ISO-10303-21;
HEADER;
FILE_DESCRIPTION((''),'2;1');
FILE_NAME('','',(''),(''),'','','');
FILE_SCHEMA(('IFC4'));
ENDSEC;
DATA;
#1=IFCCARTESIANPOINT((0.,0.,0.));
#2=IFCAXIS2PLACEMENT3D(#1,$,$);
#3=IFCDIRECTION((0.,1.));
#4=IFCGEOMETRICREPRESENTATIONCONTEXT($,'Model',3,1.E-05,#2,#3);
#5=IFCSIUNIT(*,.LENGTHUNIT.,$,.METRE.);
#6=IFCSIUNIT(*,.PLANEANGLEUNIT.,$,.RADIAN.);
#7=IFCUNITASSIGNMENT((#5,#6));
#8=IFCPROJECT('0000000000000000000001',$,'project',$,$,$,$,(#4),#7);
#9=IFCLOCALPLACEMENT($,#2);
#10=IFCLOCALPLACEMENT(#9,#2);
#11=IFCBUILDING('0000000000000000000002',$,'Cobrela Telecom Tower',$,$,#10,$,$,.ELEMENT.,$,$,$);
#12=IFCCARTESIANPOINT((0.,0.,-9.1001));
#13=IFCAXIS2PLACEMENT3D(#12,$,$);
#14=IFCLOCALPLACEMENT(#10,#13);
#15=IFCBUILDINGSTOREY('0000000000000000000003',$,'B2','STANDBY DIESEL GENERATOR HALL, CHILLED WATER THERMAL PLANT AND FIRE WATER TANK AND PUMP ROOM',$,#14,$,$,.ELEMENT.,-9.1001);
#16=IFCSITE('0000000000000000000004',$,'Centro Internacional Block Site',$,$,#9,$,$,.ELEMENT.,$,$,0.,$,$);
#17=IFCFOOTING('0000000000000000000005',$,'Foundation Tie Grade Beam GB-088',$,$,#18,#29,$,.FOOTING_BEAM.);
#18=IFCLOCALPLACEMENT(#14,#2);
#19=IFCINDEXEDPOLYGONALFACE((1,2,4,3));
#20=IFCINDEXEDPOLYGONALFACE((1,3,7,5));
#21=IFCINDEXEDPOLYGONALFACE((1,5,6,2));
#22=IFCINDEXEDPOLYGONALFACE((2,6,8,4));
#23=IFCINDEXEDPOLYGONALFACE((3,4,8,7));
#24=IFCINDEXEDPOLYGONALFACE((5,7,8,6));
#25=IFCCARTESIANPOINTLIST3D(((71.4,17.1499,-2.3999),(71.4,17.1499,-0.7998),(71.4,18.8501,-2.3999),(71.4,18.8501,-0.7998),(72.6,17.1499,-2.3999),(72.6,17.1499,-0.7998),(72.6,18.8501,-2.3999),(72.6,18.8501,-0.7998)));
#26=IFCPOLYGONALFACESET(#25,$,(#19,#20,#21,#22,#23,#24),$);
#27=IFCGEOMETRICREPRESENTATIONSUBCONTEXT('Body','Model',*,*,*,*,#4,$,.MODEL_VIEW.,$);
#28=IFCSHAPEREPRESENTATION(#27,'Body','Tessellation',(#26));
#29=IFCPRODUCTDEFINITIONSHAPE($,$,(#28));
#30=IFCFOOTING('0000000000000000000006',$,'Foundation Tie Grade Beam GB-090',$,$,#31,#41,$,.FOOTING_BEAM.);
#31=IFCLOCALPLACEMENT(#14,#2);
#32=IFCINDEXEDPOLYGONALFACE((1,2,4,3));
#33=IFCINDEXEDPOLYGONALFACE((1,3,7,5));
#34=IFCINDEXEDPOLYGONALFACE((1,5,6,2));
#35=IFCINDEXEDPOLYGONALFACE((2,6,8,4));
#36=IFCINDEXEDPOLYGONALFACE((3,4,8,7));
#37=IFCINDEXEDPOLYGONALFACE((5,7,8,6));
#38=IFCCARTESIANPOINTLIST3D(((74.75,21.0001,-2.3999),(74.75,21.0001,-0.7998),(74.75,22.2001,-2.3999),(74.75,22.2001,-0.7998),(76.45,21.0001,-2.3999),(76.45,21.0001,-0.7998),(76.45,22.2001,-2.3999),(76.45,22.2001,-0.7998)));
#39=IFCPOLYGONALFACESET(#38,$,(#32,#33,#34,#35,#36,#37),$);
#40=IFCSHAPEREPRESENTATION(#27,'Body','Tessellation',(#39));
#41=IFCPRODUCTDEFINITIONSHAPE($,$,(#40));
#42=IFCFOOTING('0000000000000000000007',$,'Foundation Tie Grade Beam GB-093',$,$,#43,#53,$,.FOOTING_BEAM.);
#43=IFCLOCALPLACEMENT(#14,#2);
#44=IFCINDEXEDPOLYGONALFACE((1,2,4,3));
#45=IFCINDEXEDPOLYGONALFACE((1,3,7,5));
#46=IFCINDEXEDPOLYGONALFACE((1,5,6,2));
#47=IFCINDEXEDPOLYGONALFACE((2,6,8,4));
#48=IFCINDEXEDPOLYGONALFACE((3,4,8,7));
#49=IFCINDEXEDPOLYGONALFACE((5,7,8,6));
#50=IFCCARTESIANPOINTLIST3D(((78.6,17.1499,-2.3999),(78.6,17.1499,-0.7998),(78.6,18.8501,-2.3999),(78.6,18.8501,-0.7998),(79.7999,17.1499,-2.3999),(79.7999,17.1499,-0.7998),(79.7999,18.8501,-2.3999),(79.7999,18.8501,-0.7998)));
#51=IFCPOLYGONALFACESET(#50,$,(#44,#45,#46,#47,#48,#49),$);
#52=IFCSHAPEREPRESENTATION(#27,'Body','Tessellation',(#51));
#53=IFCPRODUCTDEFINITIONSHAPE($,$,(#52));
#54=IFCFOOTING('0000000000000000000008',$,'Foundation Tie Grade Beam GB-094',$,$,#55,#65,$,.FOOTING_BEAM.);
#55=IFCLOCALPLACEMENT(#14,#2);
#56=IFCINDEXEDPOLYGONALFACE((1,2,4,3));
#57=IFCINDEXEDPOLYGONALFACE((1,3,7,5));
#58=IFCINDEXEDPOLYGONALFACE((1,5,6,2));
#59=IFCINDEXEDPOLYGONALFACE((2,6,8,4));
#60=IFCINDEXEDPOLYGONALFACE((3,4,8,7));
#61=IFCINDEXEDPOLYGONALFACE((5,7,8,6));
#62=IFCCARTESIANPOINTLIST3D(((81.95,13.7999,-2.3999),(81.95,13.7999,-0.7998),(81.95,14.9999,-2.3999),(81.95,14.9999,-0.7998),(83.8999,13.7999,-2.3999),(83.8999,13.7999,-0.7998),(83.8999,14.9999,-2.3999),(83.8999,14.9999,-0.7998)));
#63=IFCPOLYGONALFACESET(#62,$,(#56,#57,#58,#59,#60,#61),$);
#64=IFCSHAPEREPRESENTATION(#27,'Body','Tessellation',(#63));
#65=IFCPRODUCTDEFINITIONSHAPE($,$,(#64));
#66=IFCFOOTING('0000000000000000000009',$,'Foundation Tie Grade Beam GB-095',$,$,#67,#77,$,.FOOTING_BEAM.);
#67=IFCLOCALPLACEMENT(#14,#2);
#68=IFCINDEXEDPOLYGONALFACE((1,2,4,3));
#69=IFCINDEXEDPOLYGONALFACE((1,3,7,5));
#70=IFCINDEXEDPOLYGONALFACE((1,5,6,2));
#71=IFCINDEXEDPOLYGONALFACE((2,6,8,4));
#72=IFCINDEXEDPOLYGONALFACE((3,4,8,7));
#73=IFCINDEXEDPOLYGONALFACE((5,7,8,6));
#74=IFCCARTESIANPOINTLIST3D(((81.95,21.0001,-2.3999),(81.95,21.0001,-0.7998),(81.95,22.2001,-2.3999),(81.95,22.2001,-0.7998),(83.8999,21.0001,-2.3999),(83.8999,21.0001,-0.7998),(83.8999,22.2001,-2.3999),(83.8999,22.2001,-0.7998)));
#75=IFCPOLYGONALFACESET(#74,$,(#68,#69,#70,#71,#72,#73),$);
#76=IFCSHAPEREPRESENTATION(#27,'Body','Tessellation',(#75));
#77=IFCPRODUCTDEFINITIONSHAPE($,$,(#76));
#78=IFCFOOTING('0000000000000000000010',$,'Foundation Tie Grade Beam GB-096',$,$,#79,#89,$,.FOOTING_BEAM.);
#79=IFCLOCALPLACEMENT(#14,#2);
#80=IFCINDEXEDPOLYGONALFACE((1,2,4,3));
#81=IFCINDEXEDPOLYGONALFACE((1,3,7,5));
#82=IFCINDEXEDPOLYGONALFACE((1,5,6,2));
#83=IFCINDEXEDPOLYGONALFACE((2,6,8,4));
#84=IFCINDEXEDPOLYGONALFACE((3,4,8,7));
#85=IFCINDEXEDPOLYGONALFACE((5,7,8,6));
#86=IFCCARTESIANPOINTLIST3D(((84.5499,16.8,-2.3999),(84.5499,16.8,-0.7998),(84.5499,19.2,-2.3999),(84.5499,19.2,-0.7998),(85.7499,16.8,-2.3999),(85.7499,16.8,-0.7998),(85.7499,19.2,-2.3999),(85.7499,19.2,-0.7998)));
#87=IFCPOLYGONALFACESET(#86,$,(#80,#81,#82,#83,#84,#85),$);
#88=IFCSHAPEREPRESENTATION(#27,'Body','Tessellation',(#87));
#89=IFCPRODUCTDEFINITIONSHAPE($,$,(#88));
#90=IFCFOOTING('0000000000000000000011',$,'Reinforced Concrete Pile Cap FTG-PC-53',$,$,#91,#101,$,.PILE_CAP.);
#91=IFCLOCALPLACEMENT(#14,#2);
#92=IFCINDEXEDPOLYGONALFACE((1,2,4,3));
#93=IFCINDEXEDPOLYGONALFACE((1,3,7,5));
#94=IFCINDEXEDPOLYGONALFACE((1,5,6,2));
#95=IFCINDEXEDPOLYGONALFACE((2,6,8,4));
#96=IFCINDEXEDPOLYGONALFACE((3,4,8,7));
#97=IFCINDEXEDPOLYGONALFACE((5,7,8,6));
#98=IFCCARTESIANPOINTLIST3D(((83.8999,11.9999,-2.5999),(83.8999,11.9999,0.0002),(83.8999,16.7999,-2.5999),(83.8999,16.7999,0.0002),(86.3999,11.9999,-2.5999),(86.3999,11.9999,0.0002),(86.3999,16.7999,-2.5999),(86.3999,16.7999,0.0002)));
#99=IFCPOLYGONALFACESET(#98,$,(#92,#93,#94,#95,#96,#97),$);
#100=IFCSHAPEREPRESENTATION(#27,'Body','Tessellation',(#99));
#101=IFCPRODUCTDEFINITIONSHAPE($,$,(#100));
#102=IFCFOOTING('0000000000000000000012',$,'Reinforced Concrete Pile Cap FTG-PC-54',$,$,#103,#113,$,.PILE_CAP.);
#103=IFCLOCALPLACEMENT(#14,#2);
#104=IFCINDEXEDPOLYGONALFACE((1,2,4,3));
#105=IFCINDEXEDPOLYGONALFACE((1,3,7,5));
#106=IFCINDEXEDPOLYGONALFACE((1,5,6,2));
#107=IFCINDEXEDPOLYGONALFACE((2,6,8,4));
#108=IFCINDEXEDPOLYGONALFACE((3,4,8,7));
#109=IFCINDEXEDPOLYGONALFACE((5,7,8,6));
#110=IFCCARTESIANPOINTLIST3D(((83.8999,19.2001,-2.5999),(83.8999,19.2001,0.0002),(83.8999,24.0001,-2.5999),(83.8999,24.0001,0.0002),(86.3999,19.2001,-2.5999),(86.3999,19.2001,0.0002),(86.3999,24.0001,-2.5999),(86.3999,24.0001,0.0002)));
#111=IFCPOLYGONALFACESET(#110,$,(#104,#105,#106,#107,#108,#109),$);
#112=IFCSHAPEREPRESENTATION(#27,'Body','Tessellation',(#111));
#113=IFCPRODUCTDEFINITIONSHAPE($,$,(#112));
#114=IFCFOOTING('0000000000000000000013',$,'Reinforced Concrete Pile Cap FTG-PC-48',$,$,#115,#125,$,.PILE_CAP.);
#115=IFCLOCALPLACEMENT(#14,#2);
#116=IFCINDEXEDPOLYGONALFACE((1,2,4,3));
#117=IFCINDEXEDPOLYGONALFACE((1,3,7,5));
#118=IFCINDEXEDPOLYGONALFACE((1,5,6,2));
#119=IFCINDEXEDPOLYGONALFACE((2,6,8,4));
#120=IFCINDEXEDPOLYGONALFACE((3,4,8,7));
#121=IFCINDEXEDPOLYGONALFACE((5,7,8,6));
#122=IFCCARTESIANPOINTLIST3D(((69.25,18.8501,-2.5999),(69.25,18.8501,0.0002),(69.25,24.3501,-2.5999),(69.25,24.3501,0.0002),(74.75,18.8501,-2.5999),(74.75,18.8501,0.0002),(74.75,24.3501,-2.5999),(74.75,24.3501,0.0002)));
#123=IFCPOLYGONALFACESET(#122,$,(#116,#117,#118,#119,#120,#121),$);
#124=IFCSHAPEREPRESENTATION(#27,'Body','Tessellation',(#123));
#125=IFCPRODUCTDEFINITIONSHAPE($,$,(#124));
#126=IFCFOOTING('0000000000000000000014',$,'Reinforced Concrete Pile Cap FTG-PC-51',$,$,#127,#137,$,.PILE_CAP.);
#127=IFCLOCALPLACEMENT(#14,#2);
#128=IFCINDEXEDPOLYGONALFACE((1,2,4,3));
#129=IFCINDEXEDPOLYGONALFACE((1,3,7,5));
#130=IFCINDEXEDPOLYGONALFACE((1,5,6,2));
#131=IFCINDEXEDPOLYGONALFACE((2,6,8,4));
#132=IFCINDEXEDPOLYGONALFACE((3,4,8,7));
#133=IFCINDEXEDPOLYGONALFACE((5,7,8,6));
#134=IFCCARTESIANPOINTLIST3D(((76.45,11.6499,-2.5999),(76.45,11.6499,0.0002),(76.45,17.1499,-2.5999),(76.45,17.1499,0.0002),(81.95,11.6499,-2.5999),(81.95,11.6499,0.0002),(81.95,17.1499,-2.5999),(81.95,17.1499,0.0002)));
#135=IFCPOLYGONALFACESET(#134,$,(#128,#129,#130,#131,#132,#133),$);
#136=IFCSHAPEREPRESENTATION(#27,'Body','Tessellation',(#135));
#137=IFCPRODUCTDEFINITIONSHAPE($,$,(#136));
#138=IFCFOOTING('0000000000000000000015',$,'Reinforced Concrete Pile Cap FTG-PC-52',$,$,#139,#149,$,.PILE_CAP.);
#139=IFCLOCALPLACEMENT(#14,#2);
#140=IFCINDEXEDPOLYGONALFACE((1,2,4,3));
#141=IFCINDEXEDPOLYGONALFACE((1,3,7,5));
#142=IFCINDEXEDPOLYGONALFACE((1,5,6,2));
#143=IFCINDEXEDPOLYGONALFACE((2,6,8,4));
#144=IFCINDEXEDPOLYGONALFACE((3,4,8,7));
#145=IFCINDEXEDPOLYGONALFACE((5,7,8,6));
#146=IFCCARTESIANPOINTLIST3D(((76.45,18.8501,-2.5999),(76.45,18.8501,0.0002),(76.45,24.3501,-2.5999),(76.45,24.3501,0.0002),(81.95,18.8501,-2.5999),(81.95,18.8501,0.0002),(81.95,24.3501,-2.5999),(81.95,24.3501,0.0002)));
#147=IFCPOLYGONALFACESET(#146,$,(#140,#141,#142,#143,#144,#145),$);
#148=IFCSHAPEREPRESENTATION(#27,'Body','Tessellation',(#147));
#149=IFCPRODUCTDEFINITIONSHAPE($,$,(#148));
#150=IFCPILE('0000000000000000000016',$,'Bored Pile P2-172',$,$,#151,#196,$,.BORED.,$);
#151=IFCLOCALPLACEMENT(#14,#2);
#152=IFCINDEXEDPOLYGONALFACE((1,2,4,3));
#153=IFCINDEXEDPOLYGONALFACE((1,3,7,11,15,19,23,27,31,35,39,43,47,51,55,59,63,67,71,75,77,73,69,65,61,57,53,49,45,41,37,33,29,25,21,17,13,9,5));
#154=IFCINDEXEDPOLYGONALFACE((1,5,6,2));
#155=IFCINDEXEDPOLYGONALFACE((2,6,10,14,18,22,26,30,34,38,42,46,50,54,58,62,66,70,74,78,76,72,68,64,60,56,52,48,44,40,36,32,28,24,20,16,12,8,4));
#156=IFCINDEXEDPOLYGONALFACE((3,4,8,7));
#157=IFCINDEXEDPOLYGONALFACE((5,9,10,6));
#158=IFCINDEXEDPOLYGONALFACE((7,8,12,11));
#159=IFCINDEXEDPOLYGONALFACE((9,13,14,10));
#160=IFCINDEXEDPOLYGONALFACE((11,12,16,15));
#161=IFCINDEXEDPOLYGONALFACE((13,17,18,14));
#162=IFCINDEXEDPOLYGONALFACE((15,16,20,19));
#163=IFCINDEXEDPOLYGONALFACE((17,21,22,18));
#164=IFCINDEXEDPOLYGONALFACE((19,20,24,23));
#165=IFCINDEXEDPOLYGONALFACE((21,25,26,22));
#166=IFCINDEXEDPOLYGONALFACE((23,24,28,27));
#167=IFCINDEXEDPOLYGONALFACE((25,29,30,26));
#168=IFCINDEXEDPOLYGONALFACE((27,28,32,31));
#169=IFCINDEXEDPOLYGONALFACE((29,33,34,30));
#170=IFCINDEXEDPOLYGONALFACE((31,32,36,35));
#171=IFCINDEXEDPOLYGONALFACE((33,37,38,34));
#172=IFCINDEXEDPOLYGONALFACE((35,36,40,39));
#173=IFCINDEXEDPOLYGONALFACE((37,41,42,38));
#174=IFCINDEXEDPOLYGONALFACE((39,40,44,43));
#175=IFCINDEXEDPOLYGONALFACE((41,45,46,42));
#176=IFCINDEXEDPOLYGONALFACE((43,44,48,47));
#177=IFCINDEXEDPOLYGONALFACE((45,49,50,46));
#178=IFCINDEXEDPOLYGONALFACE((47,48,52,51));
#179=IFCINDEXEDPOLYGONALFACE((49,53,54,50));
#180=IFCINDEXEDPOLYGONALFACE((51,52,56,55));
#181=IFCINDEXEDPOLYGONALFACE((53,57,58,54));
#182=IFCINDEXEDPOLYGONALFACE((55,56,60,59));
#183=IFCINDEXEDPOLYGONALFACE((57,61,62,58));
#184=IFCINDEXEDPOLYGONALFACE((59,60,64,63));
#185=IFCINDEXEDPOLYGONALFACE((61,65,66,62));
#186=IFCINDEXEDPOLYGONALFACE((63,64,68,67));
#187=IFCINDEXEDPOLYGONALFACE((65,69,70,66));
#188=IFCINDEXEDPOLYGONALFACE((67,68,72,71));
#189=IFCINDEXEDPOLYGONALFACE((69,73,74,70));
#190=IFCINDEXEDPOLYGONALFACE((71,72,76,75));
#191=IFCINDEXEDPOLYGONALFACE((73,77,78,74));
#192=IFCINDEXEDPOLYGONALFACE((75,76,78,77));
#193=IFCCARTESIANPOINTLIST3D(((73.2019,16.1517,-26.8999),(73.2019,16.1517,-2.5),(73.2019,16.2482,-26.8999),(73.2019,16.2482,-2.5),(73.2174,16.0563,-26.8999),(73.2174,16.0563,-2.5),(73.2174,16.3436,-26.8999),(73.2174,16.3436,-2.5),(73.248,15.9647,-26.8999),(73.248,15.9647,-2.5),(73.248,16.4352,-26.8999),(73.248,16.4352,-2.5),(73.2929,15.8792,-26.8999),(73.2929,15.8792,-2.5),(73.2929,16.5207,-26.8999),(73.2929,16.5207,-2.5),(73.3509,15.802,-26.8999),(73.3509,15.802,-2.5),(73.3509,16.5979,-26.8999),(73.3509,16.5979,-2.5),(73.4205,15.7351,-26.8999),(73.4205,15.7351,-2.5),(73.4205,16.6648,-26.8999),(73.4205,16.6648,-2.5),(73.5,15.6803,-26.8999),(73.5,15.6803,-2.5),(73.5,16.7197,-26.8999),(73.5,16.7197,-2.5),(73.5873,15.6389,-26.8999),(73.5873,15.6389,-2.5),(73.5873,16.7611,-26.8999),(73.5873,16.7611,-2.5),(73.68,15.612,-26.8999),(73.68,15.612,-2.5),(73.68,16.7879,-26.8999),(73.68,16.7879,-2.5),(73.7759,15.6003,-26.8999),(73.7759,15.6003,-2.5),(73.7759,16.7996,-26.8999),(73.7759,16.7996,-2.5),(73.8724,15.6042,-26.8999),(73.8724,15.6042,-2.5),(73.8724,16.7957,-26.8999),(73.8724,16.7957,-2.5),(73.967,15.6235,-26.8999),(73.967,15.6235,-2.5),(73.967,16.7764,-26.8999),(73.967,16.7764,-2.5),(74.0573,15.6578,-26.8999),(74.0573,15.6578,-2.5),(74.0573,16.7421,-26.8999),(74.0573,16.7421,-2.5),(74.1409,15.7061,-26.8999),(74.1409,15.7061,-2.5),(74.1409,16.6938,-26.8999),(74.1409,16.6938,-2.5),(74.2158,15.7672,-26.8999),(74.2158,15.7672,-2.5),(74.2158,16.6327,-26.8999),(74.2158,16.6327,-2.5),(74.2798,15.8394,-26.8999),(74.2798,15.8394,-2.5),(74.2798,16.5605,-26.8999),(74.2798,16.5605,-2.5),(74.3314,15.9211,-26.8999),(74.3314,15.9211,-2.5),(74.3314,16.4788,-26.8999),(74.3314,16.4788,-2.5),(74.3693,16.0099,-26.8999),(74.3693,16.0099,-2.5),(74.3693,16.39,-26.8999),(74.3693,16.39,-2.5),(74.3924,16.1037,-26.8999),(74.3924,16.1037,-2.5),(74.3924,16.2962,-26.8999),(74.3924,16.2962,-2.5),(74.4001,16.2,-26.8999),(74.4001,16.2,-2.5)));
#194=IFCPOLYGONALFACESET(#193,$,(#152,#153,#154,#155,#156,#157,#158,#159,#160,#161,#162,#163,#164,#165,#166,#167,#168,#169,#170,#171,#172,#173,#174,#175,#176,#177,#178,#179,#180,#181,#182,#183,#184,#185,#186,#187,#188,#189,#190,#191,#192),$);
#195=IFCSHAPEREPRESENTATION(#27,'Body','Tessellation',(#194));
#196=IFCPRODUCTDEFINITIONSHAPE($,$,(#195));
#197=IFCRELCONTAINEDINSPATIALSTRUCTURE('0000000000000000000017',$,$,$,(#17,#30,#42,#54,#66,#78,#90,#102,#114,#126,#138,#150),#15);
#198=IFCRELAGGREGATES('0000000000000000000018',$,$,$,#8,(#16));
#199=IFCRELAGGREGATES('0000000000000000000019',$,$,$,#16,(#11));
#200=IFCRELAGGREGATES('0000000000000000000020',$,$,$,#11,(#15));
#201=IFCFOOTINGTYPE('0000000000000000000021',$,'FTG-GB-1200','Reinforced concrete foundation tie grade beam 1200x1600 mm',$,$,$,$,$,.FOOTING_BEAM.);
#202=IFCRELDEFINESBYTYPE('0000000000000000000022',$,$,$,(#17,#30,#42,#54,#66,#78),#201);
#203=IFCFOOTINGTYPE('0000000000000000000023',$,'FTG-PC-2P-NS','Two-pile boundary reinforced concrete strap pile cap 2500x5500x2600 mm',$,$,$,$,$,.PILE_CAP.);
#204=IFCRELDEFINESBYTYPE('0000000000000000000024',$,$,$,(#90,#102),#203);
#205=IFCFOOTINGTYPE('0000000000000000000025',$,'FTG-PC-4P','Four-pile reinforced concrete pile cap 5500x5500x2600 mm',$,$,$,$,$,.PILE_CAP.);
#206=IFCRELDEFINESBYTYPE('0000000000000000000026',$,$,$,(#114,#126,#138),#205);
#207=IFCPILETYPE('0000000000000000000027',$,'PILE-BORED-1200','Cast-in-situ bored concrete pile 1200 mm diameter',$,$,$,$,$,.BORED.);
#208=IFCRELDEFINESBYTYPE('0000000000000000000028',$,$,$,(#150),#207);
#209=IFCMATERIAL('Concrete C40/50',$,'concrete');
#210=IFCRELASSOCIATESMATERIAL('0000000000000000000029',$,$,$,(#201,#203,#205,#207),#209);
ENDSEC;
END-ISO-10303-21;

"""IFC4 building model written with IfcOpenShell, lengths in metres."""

from ifc_helpers import new_model, si_unit, direction, frame, origin, origin_2d, place, context, subcontext, project, spatial, rectangle, circle, extrude, material, material_profile, profile_set, type_object, element, save


model = new_model("IFC4")

# Units and contexts
model_context = context("Model", 3, precision=1e-05, world=origin(), true_north=direction((0.0, 1.0)))
body_context = subcontext(model_context, "Body", "Model", "MODEL_VIEW")
ifc_project = project(units=[si_unit("LENGTHUNIT", "METRE"), si_unit("PLANEANGLEUNIT", "RADIAN")], contexts=[model_context])

# Site, building, storey
site_placement = place(None, origin())
site = spatial("IfcSite", under=ifc_project, at=site_placement, Name="Centro Internacional Block Site", CompositionType="ELEMENT", RefElevation=0.0)
building_placement = place(site_placement, origin())
building = spatial("IfcBuilding", under=site, at=building_placement, Name="Cobrela Telecom Tower", CompositionType="ELEMENT")
storey_placement = place(building_placement, frame((0.0, 0.0, -9.1001)))
storey = spatial("IfcBuildingStorey", under=building, at=storey_placement, Name="B2", Description="STANDBY DIESEL GENERATOR HALL, CHILLED WATER THERMAL PLANT AND FIRE WATER TANK AND PUMP ROOM", CompositionType="ELEMENT", Elevation=-9.1001)

# Footings
ifc_material_1 = material(Name="Concrete C40/50", Category="concrete")
ifc_material_profile_1 = material_profile(ifc_material_1, rectangle(XDim=1.2, YDim=1.6001, at=origin_2d()), Name="GB 1200x1600")
ifc_profile_set_1 = profile_set([ifc_material_profile_1], Name="Concrete C40/50")
footing_type_1 = type_object("IfcFootingType", Name="FTG-GB-1200", Description="Reinforced concrete foundation tie grade beam 1200x1600 mm", PredefinedType="FOOTING_BEAM", material=ifc_profile_set_1)
footing_1_placement = place(storey_placement, frame((72.0, 17.1499, -1.5999), z_axis=(0.0, 1.0, 0.0), x_axis=(-1.0, 0.0, 0.0)))
element("IfcFooting", 1, at=footing_1_placement, inside=storey, type_object=footing_type_1, Name="Foundation Tie Grade Beam GB-088", PredefinedType="FOOTING_BEAM", context=body_context, shape_type="SweptSolid", body=[
    extrude(rectangle(XDim=1.2, YDim=1.6001, at=origin_2d()), origin(), (0.0, 0.0, 1.0), 1.7002),
])
footing_2_placement = place(storey_placement, frame((74.75, 21.6001, -1.5999), z_axis=(1.0, 0.0, 0.0), x_axis=(0.0, 1.0, 0.0)))
element("IfcFooting", 2, at=footing_2_placement, inside=storey, type_object=footing_type_1, Name="Foundation Tie Grade Beam GB-090", PredefinedType="FOOTING_BEAM", context=body_context, shape_type="SweptSolid", body=[
    extrude(rectangle(XDim=1.2, YDim=1.6001, at=origin_2d()), origin(), (0.0, 0.0, 1.0), 1.7),
])
footing_3_placement = place(storey_placement, frame((79.2, 17.1499, -1.5999), z_axis=(0.0, 1.0, 0.0), x_axis=(-1.0, 0.0, 0.0)))
element("IfcFooting", 3, at=footing_3_placement, inside=storey, type_object=footing_type_1, Name="Foundation Tie Grade Beam GB-093", PredefinedType="FOOTING_BEAM", context=body_context, shape_type="SweptSolid", body=[
    extrude(rectangle(XDim=1.2, YDim=1.6001, at=origin_2d()), origin(), (0.0, 0.0, 1.0), 1.7002),
])
for number, where, z_axis, x_axis, name in (
    (4, (81.95, 14.3999, -1.5999), (1.0, 0.0, 0.0), (0.0, 1.0, 0.0), "Foundation Tie Grade Beam GB-094"),
    (5, (81.95, 21.6001, -1.5999), (1.0, 0.0, 0.0), (0.0, 1.0, 0.0), "Foundation Tie Grade Beam GB-095"),
):
    element("IfcFooting", number, at=place(storey_placement, frame(where, z_axis=z_axis, x_axis=x_axis)), inside=storey, type_object=footing_type_1, Name=name, PredefinedType="FOOTING_BEAM", context=body_context, shape_type="SweptSolid", body=[
        extrude(rectangle(XDim=1.2, YDim=1.6001, at=origin_2d()), origin(), (0.0, 0.0, 1.0), 1.95),
    ])
footing_4_placement = place(storey_placement, frame((85.1499, 16.8, -1.5999), z_axis=(0.0, 1.0, 0.0), x_axis=(-1.0, 0.0, 0.0)))
element("IfcFooting", 6, at=footing_4_placement, inside=storey, type_object=footing_type_1, Name="Foundation Tie Grade Beam GB-096", PredefinedType="FOOTING_BEAM", context=body_context, shape_type="SweptSolid", body=[
    extrude(rectangle(XDim=1.2, YDim=1.6001, at=origin_2d()), origin(), (0.0, 0.0, 1.0), 2.3999),
])
footing_type_2 = type_object("IfcFootingType", Name="FTG-PC-2P-NS", Description="Two-pile boundary reinforced concrete strap pile cap 2500x5500x2600 mm", PredefinedType="PILE_CAP", material=ifc_material_1)
for number, where, z_axis, x_axis, name in (
    (7, (85.1499, 14.3999, -2.5999), (0.0, 0.0, 1.0), (1.0, 0.0, 0.0), "Reinforced Concrete Pile Cap FTG-PC-53"),
    (8, (85.1499, 21.6001, -2.5999), (0.0, 0.0, 1.0), (1.0, 0.0, 0.0), "Reinforced Concrete Pile Cap FTG-PC-54"),
):
    element("IfcFooting", number, at=place(storey_placement, frame(where, z_axis=z_axis, x_axis=x_axis)), inside=storey, type_object=footing_type_2, Name=name, PredefinedType="PILE_CAP", context=body_context, shape_type="SweptSolid", body=[
        extrude(rectangle(XDim=2.5, YDim=4.8, at=origin_2d()), origin(), (0.0, 0.0, 1.0), 2.6001),
    ])
footing_type_3 = type_object("IfcFootingType", Name="FTG-PC-4P", Description="Four-pile reinforced concrete pile cap 5500x5500x2600 mm", PredefinedType="PILE_CAP", material=ifc_material_1)
for number, where, z_axis, x_axis, name in (
    (9, (72.0, 21.6001, -2.5999), (0.0, 0.0, 1.0), (1.0, 0.0, 0.0), "Reinforced Concrete Pile Cap FTG-PC-48"),
    (10, (79.2, 14.3999, -2.5999), (0.0, 0.0, 1.0), (1.0, 0.0, 0.0), "Reinforced Concrete Pile Cap FTG-PC-51"),
    (11, (79.2, 21.6001, -2.5999), (0.0, 0.0, 1.0), (1.0, 0.0, 0.0), "Reinforced Concrete Pile Cap FTG-PC-52"),
):
    element("IfcFooting", number, at=place(storey_placement, frame(where, z_axis=z_axis, x_axis=x_axis)), inside=storey, type_object=footing_type_3, Name=name, PredefinedType="PILE_CAP", context=body_context, shape_type="SweptSolid", body=[
        extrude(rectangle(XDim=5.5, YDim=5.5, at=origin_2d()), origin(), (0.0, 0.0, 1.0), 2.6001),
    ])

# Pile
ifc_material_profile_2 = material_profile(ifc_material_1, circle(Radius=0.6001, at=origin_2d()), Name="BORED PILE D1200")
ifc_profile_set_2 = profile_set([ifc_material_profile_2], Name="Concrete C40/50")
pile_type = type_object("IfcPileType", Name="PILE-BORED-1200", Description="Cast-in-situ bored concrete pile 1200 mm diameter", PredefinedType="BORED", material=ifc_profile_set_2)
for number, where, z_axis, x_axis, name in (
    (12, (73.8, 16.2, -2.5), (0.0, 0.0, -1.0), (1.0, 0.0, 0.0), "Bored Pile P2-172"),
):
    element("IfcPile", number, at=place(storey_placement, frame(where, z_axis=z_axis, x_axis=x_axis)), inside=storey, type_object=pile_type, Name=name, PredefinedType="BORED", context=body_context, shape_type="SweptSolid", body=[
        extrude(circle(Radius=0.6001, at=origin_2d()), origin(), (0.0, 0.0, 1.0), 24.3999),
    ])

save(model, "model.ifc")
